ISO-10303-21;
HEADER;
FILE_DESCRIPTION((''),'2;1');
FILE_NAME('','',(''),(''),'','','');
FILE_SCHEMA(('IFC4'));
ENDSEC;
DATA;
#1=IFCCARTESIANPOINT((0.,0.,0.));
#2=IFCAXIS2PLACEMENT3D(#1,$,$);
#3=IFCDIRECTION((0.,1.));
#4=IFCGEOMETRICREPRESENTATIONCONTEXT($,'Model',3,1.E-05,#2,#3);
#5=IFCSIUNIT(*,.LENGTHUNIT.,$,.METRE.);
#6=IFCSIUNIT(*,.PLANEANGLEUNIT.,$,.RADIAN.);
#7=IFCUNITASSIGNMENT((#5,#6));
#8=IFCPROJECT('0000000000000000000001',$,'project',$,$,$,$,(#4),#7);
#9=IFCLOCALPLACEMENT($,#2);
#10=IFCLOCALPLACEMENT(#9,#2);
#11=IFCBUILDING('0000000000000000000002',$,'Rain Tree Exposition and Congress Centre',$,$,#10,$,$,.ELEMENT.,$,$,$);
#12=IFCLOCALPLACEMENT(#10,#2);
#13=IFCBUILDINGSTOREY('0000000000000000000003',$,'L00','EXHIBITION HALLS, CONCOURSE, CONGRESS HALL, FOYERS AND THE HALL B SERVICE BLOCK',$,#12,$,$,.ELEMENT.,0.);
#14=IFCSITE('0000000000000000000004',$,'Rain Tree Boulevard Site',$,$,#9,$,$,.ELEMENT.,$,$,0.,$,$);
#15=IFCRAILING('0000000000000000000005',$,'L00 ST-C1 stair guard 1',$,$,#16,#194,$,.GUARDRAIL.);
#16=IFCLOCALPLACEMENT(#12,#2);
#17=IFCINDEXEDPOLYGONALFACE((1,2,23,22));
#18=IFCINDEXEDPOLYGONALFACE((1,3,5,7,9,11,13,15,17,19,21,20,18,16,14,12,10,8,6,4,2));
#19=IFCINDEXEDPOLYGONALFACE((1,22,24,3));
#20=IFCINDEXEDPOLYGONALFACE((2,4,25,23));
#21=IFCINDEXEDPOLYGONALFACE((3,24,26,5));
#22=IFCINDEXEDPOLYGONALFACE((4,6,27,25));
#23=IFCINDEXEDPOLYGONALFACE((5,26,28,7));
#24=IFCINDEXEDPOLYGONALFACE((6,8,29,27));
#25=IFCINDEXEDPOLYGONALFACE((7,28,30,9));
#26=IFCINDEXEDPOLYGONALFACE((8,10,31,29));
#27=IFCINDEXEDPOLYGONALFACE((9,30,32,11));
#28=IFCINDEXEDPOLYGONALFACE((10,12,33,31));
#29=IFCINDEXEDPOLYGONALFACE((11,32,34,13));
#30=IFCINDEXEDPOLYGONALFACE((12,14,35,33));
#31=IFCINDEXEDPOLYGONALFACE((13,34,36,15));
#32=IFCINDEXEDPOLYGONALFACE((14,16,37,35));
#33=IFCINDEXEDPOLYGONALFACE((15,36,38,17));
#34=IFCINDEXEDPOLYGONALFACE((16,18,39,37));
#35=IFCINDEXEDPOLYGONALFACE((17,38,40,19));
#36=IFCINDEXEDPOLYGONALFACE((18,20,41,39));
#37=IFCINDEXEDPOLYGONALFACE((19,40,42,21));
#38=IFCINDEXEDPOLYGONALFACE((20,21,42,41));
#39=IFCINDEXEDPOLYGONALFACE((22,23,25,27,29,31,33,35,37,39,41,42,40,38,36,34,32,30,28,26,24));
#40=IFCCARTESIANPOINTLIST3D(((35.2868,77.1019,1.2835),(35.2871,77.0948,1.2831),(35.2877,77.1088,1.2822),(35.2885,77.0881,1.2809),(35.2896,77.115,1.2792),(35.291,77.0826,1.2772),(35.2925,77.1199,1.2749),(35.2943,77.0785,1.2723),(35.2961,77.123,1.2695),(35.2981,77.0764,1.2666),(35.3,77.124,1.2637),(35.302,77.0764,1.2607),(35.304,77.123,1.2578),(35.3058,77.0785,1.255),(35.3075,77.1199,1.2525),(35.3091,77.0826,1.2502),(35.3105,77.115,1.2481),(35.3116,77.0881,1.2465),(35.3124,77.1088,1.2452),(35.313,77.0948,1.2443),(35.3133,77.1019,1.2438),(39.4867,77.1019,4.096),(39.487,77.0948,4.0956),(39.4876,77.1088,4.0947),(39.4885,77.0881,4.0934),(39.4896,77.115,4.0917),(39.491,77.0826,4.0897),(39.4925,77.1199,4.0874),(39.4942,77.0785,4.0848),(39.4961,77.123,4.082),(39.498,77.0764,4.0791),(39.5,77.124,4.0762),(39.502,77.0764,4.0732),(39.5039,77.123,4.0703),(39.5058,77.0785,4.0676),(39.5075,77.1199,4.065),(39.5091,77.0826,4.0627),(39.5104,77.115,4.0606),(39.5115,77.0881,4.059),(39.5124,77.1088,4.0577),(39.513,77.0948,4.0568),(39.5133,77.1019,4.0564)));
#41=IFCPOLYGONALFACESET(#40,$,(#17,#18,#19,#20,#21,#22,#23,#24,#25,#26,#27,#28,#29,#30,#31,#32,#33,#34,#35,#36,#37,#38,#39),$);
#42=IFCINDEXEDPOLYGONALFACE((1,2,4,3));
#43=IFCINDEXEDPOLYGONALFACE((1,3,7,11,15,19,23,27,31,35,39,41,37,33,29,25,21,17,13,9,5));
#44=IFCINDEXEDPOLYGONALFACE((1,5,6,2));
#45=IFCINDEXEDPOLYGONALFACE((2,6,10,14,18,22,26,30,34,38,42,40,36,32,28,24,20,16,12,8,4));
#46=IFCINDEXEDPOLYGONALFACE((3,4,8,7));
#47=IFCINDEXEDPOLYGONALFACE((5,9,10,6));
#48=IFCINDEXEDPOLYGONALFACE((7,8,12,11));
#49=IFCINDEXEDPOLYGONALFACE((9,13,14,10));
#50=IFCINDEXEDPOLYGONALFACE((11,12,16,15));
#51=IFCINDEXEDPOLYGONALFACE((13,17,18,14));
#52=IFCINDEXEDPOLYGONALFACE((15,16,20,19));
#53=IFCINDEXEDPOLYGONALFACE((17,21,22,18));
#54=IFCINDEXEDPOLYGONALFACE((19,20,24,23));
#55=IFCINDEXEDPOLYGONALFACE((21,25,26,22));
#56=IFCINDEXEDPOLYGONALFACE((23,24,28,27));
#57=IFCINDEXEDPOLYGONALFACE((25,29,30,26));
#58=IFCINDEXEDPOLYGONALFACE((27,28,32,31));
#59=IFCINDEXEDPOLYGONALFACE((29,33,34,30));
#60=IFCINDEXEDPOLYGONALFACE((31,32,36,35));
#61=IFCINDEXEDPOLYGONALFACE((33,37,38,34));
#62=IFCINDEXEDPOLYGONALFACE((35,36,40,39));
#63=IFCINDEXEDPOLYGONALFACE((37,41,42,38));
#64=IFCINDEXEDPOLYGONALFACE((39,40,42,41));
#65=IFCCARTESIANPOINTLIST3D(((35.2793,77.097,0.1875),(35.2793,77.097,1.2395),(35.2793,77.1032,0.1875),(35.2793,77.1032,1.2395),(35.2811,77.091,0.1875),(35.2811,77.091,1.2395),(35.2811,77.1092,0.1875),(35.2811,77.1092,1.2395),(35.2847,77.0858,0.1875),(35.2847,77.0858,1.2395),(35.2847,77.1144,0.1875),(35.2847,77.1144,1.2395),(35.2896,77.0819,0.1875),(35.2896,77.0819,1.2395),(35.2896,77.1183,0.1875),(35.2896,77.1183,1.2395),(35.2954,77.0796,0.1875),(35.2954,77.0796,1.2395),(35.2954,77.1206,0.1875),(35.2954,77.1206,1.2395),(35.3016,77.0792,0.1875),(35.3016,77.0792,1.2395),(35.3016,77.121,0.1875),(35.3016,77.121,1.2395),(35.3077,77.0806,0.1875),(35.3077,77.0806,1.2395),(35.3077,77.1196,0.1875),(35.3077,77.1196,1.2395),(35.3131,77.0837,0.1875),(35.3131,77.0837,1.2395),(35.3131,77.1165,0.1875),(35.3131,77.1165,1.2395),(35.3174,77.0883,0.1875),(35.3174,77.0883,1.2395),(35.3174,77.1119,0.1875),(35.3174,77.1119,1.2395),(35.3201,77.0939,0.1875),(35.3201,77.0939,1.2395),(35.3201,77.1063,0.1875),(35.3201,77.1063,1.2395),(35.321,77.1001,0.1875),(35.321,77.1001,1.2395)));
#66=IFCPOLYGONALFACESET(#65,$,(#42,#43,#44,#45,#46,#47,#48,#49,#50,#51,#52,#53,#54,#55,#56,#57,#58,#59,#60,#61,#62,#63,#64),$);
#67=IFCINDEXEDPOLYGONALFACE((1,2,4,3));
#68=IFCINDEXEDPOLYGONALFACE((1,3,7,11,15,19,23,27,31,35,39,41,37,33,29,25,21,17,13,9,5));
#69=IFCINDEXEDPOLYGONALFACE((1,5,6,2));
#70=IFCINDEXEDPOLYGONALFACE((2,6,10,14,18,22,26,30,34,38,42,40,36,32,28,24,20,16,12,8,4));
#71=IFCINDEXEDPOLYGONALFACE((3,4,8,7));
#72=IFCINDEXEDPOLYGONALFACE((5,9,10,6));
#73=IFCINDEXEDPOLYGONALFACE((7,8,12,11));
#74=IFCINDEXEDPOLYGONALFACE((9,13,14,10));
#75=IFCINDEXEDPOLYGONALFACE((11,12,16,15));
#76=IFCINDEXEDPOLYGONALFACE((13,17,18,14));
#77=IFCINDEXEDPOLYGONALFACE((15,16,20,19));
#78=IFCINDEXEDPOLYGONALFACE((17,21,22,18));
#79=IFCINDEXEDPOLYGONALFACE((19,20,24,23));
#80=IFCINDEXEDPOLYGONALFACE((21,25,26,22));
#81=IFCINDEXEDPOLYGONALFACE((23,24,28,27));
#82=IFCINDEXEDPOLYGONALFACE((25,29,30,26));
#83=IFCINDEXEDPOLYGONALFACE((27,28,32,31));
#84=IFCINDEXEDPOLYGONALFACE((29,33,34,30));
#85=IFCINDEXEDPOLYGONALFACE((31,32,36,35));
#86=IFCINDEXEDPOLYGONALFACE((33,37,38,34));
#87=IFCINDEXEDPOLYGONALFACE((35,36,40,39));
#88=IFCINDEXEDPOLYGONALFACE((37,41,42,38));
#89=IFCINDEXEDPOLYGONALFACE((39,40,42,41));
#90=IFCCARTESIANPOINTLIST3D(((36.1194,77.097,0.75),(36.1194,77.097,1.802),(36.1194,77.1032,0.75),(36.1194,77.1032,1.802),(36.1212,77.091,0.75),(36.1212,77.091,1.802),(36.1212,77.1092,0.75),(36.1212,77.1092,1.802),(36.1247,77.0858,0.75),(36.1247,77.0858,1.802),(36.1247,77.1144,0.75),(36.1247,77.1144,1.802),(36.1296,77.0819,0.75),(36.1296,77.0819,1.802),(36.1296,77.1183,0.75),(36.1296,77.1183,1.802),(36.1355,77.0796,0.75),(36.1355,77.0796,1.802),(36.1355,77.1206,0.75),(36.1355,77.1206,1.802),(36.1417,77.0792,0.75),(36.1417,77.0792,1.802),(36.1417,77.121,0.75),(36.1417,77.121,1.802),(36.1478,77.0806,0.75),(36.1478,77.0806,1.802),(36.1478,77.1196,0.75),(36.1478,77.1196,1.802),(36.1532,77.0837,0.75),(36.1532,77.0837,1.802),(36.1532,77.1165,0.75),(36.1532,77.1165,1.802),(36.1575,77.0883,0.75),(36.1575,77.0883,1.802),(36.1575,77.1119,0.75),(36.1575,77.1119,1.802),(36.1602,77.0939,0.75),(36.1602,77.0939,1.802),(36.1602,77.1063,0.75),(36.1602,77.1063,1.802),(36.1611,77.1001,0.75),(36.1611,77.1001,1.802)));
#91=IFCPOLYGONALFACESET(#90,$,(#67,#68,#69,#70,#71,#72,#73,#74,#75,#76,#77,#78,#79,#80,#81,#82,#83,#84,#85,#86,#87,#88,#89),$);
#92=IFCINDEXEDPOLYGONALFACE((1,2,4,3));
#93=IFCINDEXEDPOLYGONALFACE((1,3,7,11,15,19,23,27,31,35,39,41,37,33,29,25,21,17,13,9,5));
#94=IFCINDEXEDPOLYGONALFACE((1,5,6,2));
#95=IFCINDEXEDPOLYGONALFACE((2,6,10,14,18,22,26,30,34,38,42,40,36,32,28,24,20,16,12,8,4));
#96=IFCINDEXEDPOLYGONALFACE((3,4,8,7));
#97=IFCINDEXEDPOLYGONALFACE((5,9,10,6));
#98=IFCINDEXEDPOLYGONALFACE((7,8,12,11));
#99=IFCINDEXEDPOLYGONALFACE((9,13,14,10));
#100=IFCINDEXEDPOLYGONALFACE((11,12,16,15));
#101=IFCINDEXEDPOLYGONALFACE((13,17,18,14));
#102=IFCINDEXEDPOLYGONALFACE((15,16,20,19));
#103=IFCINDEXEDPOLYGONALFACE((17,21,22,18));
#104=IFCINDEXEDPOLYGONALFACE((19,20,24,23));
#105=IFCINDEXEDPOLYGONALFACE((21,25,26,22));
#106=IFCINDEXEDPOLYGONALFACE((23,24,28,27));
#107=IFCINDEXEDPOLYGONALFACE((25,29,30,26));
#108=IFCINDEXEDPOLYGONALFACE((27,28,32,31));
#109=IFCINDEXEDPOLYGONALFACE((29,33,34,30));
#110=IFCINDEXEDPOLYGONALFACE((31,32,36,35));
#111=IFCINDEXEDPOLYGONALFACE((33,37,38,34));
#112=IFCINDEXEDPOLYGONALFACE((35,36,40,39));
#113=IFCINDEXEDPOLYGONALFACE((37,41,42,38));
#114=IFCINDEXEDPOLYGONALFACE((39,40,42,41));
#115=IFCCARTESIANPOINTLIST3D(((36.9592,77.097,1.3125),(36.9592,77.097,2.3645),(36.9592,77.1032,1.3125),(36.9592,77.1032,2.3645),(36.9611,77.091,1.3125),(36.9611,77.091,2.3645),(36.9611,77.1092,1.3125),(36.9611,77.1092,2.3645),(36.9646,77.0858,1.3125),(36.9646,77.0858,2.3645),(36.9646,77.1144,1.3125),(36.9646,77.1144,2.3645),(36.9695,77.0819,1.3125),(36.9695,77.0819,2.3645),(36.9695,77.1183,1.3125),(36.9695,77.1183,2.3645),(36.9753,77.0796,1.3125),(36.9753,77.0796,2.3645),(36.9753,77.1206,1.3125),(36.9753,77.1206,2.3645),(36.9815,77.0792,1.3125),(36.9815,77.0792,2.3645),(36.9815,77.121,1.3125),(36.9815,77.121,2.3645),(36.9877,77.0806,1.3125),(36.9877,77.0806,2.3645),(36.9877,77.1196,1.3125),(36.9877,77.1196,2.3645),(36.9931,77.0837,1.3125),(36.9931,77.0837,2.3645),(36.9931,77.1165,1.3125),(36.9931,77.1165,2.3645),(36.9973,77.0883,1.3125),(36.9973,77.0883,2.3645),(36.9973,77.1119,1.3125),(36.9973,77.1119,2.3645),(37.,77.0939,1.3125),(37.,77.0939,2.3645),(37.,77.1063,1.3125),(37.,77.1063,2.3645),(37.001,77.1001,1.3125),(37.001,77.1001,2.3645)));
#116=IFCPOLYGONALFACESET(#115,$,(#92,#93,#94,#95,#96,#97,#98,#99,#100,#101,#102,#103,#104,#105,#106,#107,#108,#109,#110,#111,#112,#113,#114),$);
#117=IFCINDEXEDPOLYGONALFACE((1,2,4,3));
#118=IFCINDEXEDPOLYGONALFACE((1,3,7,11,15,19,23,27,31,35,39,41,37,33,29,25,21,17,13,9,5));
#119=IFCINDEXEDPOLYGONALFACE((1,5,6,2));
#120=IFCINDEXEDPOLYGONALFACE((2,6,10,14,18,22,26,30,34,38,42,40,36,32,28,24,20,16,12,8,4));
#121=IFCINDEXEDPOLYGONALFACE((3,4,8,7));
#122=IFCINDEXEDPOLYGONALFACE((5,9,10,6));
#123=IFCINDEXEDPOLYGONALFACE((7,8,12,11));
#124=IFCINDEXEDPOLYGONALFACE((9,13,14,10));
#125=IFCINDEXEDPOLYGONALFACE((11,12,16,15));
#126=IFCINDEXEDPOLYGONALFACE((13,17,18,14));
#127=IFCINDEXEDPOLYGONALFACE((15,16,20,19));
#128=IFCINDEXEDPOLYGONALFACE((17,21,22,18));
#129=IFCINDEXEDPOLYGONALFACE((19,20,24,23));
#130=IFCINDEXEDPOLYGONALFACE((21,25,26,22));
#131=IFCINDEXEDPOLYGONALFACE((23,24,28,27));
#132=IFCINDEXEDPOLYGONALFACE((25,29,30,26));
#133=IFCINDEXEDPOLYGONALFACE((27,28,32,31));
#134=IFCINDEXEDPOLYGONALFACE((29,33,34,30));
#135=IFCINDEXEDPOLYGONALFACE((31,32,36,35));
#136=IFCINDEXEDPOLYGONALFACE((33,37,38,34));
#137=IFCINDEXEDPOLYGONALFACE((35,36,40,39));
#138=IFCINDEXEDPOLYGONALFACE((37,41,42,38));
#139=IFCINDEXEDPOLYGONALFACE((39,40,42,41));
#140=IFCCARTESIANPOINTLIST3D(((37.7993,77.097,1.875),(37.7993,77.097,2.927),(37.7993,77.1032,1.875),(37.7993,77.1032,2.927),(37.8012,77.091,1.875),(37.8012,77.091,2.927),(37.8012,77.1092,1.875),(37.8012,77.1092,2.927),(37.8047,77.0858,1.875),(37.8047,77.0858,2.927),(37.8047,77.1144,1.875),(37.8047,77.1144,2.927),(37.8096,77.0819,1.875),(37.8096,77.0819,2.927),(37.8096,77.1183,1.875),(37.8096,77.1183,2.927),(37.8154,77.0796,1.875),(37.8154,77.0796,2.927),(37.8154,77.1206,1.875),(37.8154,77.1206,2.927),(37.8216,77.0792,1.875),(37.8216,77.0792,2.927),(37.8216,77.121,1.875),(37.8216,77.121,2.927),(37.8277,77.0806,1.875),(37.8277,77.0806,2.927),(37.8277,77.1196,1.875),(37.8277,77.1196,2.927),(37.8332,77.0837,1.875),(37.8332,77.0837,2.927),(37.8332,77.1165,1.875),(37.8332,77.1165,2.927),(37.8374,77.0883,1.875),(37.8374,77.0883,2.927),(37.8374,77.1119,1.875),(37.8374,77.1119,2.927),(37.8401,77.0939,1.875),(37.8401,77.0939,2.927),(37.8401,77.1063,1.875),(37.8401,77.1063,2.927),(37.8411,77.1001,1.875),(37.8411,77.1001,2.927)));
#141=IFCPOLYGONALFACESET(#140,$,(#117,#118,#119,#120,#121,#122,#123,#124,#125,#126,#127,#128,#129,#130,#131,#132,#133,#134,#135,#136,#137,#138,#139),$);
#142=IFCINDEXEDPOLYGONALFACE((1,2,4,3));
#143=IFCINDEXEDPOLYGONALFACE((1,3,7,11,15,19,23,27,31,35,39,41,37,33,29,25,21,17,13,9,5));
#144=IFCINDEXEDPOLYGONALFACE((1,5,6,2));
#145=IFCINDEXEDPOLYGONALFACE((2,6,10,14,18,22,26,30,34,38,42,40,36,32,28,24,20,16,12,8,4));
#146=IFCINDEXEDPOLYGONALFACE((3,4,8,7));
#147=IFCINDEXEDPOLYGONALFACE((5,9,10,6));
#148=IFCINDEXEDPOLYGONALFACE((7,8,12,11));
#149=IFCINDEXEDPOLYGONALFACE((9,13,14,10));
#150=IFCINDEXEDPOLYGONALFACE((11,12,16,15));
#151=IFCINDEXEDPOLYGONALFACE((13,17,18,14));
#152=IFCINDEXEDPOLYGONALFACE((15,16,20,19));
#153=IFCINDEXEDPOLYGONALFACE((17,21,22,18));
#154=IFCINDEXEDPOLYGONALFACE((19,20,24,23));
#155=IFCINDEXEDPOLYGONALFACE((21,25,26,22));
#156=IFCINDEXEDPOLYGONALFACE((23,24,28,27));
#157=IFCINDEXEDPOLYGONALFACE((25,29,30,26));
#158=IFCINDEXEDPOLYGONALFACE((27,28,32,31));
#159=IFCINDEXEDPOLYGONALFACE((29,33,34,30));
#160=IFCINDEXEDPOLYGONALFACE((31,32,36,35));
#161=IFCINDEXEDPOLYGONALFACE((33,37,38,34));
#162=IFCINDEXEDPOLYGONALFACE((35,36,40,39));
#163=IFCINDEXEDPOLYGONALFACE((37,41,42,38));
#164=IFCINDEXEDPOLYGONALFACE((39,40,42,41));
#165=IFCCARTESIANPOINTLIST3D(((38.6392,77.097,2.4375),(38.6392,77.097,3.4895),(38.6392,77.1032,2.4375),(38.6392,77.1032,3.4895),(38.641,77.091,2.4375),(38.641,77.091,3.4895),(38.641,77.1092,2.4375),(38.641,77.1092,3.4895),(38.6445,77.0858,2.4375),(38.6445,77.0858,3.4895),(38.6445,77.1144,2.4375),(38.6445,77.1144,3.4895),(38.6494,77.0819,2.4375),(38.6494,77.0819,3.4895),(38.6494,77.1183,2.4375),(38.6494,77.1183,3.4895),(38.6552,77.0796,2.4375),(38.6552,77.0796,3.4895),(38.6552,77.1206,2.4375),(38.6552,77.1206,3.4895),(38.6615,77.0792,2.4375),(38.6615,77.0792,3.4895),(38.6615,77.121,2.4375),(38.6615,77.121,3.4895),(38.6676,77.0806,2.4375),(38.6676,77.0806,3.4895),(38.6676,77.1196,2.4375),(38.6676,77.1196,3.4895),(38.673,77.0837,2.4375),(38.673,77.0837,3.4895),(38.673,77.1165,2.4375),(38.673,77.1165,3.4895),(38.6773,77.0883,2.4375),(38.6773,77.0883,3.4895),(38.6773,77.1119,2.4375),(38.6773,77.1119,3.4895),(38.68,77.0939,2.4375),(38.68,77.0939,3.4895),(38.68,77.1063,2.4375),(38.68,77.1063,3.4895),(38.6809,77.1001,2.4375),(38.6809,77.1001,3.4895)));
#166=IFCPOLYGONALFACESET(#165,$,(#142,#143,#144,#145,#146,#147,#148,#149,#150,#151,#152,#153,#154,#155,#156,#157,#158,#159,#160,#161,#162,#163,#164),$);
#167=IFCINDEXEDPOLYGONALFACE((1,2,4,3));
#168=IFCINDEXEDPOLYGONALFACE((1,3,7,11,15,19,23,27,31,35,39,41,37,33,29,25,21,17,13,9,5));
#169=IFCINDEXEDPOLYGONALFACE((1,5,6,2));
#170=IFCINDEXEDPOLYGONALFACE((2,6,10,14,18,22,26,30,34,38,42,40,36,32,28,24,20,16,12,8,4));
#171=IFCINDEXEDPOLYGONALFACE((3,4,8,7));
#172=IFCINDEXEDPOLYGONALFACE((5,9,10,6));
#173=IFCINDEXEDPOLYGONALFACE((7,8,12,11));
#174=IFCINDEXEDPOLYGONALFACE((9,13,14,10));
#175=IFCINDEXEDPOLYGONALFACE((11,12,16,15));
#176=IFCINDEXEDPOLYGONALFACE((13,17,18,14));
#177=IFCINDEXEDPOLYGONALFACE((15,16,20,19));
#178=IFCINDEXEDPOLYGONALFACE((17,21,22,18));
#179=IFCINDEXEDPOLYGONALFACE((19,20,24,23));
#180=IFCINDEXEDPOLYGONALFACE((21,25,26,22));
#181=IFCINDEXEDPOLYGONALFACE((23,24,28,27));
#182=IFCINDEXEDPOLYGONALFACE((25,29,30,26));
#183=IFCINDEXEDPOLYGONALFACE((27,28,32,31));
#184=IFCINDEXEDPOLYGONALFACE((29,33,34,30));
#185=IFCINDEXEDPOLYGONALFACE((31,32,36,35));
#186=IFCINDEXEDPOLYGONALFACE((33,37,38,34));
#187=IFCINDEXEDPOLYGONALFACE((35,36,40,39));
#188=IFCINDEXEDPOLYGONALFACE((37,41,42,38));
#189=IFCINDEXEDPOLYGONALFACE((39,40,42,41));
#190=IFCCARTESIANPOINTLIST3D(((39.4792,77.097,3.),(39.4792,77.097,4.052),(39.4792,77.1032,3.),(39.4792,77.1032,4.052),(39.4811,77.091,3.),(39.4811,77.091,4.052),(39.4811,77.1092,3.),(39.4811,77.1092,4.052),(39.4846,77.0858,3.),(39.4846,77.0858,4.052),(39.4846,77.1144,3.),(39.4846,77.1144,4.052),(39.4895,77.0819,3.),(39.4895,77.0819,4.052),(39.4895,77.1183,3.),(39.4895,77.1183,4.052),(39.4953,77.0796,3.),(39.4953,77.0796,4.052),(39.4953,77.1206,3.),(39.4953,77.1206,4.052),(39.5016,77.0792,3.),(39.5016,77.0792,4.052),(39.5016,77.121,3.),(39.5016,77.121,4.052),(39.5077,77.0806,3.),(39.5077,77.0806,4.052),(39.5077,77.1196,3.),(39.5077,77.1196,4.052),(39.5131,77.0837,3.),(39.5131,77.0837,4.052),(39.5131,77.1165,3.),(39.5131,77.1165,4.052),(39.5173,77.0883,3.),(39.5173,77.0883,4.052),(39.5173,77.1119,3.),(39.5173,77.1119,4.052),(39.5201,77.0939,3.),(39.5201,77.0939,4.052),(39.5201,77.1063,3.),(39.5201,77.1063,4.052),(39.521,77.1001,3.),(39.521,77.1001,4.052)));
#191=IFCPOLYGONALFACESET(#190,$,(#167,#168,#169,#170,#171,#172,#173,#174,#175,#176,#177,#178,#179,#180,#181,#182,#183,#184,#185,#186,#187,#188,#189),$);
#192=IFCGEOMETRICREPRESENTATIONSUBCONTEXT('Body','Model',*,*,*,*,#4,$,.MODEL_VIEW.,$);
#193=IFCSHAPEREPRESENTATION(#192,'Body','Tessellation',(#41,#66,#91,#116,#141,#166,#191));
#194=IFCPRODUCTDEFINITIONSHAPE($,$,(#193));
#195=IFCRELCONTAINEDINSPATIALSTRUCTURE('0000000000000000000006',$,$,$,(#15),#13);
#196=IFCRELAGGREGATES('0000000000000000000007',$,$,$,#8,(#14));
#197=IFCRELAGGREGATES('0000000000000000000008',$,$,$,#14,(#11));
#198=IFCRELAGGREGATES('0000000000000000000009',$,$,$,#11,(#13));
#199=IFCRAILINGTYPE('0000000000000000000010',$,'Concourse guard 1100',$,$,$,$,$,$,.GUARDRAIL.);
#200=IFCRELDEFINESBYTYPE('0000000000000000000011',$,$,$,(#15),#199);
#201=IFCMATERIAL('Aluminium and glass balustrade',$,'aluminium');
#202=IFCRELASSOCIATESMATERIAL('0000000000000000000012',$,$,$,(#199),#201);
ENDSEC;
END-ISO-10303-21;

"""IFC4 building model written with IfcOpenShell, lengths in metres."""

from ifc_helpers import new_model, si_unit, direction, frame, origin, origin_2d, place, context, subcontext, project, spatial, circle, extrude, material, type_object, element, save


model = new_model("IFC4")

# Units and contexts
model_context = context("Model", 3, precision=1e-05, world=origin(), true_north=direction((0.0, 1.0)))
body_context = subcontext(model_context, "Body", "Model", "MODEL_VIEW")
ifc_project = project(units=[si_unit("LENGTHUNIT", "METRE"), si_unit("PLANEANGLEUNIT", "RADIAN")], contexts=[model_context])

# Site, building, storey
site_placement = place(None, origin())
site = spatial("IfcSite", under=ifc_project, at=site_placement, Name="Rain Tree Boulevard Site", CompositionType="ELEMENT", RefElevation=0.0)
building_placement = place(site_placement, origin())
building = spatial("IfcBuilding", under=site, at=building_placement, Name="Rain Tree Exposition and Congress Centre", CompositionType="ELEMENT")
storey_placement = place(building_placement, origin())
storey = spatial("IfcBuildingStorey", under=building, at=storey_placement, Name="L00", Description="EXHIBITION HALLS, CONCOURSE, CONGRESS HALL, FOYERS AND THE HALL B SERVICE BLOCK", CompositionType="ELEMENT", Elevation=0.0)

# Railing
ifc_material_1 = material(Name="Aluminium and glass balustrade", Category="aluminium")
railing_type_1 = type_object("IfcRailingType", Name="Concourse guard 1100", PredefinedType="GUARDRAIL", material=ifc_material_1)
railing_1_placement = place(storey_placement, frame((35.3, 77.1001, 0.1875)))
element("IfcRailing", 1, at=railing_1_placement, inside=storey, type_object=railing_type_1, Name="L00 ST-C1 stair guard 1", PredefinedType="GUARDRAIL", context=body_context, shape_type="SweptSolid", body=[
    extrude(circle(Radius=0.0239, at=origin_2d()), frame((0.0, 0.0, 1.0762), z_axis=(0.830904, 0.0, 0.556416), x_axis=(0.0, 1.0, 0.0)), (0.0, 0.0, 1.0), 5.0547),
    extrude(circle(Radius=0.021, at=origin_2d()), origin(), (0.0, 0.0, 1.0), 1.052),
    extrude(circle(Radius=0.021, at=origin_2d()), frame((0.8401, 0.0, 0.5625)), (0.0, 0.0, 1.0), 1.052),
    extrude(circle(Radius=0.021, at=origin_2d()), frame((1.6799, 0.0, 1.125)), (0.0, 0.0, 1.0), 1.052),
    extrude(circle(Radius=0.021, at=origin_2d()), frame((2.52, 0.0, 1.6875)), (0.0, 0.0, 1.0), 1.052),
    extrude(circle(Radius=0.021, at=origin_2d()), frame((3.3599, 0.0, 2.25)), (0.0, 0.0, 1.0), 1.052),
    extrude(circle(Radius=0.021, at=origin_2d()), frame((4.2, 0.0, 2.8125)), (0.0, 0.0, 1.0), 1.052),
])

save(model, "model.ifc")
